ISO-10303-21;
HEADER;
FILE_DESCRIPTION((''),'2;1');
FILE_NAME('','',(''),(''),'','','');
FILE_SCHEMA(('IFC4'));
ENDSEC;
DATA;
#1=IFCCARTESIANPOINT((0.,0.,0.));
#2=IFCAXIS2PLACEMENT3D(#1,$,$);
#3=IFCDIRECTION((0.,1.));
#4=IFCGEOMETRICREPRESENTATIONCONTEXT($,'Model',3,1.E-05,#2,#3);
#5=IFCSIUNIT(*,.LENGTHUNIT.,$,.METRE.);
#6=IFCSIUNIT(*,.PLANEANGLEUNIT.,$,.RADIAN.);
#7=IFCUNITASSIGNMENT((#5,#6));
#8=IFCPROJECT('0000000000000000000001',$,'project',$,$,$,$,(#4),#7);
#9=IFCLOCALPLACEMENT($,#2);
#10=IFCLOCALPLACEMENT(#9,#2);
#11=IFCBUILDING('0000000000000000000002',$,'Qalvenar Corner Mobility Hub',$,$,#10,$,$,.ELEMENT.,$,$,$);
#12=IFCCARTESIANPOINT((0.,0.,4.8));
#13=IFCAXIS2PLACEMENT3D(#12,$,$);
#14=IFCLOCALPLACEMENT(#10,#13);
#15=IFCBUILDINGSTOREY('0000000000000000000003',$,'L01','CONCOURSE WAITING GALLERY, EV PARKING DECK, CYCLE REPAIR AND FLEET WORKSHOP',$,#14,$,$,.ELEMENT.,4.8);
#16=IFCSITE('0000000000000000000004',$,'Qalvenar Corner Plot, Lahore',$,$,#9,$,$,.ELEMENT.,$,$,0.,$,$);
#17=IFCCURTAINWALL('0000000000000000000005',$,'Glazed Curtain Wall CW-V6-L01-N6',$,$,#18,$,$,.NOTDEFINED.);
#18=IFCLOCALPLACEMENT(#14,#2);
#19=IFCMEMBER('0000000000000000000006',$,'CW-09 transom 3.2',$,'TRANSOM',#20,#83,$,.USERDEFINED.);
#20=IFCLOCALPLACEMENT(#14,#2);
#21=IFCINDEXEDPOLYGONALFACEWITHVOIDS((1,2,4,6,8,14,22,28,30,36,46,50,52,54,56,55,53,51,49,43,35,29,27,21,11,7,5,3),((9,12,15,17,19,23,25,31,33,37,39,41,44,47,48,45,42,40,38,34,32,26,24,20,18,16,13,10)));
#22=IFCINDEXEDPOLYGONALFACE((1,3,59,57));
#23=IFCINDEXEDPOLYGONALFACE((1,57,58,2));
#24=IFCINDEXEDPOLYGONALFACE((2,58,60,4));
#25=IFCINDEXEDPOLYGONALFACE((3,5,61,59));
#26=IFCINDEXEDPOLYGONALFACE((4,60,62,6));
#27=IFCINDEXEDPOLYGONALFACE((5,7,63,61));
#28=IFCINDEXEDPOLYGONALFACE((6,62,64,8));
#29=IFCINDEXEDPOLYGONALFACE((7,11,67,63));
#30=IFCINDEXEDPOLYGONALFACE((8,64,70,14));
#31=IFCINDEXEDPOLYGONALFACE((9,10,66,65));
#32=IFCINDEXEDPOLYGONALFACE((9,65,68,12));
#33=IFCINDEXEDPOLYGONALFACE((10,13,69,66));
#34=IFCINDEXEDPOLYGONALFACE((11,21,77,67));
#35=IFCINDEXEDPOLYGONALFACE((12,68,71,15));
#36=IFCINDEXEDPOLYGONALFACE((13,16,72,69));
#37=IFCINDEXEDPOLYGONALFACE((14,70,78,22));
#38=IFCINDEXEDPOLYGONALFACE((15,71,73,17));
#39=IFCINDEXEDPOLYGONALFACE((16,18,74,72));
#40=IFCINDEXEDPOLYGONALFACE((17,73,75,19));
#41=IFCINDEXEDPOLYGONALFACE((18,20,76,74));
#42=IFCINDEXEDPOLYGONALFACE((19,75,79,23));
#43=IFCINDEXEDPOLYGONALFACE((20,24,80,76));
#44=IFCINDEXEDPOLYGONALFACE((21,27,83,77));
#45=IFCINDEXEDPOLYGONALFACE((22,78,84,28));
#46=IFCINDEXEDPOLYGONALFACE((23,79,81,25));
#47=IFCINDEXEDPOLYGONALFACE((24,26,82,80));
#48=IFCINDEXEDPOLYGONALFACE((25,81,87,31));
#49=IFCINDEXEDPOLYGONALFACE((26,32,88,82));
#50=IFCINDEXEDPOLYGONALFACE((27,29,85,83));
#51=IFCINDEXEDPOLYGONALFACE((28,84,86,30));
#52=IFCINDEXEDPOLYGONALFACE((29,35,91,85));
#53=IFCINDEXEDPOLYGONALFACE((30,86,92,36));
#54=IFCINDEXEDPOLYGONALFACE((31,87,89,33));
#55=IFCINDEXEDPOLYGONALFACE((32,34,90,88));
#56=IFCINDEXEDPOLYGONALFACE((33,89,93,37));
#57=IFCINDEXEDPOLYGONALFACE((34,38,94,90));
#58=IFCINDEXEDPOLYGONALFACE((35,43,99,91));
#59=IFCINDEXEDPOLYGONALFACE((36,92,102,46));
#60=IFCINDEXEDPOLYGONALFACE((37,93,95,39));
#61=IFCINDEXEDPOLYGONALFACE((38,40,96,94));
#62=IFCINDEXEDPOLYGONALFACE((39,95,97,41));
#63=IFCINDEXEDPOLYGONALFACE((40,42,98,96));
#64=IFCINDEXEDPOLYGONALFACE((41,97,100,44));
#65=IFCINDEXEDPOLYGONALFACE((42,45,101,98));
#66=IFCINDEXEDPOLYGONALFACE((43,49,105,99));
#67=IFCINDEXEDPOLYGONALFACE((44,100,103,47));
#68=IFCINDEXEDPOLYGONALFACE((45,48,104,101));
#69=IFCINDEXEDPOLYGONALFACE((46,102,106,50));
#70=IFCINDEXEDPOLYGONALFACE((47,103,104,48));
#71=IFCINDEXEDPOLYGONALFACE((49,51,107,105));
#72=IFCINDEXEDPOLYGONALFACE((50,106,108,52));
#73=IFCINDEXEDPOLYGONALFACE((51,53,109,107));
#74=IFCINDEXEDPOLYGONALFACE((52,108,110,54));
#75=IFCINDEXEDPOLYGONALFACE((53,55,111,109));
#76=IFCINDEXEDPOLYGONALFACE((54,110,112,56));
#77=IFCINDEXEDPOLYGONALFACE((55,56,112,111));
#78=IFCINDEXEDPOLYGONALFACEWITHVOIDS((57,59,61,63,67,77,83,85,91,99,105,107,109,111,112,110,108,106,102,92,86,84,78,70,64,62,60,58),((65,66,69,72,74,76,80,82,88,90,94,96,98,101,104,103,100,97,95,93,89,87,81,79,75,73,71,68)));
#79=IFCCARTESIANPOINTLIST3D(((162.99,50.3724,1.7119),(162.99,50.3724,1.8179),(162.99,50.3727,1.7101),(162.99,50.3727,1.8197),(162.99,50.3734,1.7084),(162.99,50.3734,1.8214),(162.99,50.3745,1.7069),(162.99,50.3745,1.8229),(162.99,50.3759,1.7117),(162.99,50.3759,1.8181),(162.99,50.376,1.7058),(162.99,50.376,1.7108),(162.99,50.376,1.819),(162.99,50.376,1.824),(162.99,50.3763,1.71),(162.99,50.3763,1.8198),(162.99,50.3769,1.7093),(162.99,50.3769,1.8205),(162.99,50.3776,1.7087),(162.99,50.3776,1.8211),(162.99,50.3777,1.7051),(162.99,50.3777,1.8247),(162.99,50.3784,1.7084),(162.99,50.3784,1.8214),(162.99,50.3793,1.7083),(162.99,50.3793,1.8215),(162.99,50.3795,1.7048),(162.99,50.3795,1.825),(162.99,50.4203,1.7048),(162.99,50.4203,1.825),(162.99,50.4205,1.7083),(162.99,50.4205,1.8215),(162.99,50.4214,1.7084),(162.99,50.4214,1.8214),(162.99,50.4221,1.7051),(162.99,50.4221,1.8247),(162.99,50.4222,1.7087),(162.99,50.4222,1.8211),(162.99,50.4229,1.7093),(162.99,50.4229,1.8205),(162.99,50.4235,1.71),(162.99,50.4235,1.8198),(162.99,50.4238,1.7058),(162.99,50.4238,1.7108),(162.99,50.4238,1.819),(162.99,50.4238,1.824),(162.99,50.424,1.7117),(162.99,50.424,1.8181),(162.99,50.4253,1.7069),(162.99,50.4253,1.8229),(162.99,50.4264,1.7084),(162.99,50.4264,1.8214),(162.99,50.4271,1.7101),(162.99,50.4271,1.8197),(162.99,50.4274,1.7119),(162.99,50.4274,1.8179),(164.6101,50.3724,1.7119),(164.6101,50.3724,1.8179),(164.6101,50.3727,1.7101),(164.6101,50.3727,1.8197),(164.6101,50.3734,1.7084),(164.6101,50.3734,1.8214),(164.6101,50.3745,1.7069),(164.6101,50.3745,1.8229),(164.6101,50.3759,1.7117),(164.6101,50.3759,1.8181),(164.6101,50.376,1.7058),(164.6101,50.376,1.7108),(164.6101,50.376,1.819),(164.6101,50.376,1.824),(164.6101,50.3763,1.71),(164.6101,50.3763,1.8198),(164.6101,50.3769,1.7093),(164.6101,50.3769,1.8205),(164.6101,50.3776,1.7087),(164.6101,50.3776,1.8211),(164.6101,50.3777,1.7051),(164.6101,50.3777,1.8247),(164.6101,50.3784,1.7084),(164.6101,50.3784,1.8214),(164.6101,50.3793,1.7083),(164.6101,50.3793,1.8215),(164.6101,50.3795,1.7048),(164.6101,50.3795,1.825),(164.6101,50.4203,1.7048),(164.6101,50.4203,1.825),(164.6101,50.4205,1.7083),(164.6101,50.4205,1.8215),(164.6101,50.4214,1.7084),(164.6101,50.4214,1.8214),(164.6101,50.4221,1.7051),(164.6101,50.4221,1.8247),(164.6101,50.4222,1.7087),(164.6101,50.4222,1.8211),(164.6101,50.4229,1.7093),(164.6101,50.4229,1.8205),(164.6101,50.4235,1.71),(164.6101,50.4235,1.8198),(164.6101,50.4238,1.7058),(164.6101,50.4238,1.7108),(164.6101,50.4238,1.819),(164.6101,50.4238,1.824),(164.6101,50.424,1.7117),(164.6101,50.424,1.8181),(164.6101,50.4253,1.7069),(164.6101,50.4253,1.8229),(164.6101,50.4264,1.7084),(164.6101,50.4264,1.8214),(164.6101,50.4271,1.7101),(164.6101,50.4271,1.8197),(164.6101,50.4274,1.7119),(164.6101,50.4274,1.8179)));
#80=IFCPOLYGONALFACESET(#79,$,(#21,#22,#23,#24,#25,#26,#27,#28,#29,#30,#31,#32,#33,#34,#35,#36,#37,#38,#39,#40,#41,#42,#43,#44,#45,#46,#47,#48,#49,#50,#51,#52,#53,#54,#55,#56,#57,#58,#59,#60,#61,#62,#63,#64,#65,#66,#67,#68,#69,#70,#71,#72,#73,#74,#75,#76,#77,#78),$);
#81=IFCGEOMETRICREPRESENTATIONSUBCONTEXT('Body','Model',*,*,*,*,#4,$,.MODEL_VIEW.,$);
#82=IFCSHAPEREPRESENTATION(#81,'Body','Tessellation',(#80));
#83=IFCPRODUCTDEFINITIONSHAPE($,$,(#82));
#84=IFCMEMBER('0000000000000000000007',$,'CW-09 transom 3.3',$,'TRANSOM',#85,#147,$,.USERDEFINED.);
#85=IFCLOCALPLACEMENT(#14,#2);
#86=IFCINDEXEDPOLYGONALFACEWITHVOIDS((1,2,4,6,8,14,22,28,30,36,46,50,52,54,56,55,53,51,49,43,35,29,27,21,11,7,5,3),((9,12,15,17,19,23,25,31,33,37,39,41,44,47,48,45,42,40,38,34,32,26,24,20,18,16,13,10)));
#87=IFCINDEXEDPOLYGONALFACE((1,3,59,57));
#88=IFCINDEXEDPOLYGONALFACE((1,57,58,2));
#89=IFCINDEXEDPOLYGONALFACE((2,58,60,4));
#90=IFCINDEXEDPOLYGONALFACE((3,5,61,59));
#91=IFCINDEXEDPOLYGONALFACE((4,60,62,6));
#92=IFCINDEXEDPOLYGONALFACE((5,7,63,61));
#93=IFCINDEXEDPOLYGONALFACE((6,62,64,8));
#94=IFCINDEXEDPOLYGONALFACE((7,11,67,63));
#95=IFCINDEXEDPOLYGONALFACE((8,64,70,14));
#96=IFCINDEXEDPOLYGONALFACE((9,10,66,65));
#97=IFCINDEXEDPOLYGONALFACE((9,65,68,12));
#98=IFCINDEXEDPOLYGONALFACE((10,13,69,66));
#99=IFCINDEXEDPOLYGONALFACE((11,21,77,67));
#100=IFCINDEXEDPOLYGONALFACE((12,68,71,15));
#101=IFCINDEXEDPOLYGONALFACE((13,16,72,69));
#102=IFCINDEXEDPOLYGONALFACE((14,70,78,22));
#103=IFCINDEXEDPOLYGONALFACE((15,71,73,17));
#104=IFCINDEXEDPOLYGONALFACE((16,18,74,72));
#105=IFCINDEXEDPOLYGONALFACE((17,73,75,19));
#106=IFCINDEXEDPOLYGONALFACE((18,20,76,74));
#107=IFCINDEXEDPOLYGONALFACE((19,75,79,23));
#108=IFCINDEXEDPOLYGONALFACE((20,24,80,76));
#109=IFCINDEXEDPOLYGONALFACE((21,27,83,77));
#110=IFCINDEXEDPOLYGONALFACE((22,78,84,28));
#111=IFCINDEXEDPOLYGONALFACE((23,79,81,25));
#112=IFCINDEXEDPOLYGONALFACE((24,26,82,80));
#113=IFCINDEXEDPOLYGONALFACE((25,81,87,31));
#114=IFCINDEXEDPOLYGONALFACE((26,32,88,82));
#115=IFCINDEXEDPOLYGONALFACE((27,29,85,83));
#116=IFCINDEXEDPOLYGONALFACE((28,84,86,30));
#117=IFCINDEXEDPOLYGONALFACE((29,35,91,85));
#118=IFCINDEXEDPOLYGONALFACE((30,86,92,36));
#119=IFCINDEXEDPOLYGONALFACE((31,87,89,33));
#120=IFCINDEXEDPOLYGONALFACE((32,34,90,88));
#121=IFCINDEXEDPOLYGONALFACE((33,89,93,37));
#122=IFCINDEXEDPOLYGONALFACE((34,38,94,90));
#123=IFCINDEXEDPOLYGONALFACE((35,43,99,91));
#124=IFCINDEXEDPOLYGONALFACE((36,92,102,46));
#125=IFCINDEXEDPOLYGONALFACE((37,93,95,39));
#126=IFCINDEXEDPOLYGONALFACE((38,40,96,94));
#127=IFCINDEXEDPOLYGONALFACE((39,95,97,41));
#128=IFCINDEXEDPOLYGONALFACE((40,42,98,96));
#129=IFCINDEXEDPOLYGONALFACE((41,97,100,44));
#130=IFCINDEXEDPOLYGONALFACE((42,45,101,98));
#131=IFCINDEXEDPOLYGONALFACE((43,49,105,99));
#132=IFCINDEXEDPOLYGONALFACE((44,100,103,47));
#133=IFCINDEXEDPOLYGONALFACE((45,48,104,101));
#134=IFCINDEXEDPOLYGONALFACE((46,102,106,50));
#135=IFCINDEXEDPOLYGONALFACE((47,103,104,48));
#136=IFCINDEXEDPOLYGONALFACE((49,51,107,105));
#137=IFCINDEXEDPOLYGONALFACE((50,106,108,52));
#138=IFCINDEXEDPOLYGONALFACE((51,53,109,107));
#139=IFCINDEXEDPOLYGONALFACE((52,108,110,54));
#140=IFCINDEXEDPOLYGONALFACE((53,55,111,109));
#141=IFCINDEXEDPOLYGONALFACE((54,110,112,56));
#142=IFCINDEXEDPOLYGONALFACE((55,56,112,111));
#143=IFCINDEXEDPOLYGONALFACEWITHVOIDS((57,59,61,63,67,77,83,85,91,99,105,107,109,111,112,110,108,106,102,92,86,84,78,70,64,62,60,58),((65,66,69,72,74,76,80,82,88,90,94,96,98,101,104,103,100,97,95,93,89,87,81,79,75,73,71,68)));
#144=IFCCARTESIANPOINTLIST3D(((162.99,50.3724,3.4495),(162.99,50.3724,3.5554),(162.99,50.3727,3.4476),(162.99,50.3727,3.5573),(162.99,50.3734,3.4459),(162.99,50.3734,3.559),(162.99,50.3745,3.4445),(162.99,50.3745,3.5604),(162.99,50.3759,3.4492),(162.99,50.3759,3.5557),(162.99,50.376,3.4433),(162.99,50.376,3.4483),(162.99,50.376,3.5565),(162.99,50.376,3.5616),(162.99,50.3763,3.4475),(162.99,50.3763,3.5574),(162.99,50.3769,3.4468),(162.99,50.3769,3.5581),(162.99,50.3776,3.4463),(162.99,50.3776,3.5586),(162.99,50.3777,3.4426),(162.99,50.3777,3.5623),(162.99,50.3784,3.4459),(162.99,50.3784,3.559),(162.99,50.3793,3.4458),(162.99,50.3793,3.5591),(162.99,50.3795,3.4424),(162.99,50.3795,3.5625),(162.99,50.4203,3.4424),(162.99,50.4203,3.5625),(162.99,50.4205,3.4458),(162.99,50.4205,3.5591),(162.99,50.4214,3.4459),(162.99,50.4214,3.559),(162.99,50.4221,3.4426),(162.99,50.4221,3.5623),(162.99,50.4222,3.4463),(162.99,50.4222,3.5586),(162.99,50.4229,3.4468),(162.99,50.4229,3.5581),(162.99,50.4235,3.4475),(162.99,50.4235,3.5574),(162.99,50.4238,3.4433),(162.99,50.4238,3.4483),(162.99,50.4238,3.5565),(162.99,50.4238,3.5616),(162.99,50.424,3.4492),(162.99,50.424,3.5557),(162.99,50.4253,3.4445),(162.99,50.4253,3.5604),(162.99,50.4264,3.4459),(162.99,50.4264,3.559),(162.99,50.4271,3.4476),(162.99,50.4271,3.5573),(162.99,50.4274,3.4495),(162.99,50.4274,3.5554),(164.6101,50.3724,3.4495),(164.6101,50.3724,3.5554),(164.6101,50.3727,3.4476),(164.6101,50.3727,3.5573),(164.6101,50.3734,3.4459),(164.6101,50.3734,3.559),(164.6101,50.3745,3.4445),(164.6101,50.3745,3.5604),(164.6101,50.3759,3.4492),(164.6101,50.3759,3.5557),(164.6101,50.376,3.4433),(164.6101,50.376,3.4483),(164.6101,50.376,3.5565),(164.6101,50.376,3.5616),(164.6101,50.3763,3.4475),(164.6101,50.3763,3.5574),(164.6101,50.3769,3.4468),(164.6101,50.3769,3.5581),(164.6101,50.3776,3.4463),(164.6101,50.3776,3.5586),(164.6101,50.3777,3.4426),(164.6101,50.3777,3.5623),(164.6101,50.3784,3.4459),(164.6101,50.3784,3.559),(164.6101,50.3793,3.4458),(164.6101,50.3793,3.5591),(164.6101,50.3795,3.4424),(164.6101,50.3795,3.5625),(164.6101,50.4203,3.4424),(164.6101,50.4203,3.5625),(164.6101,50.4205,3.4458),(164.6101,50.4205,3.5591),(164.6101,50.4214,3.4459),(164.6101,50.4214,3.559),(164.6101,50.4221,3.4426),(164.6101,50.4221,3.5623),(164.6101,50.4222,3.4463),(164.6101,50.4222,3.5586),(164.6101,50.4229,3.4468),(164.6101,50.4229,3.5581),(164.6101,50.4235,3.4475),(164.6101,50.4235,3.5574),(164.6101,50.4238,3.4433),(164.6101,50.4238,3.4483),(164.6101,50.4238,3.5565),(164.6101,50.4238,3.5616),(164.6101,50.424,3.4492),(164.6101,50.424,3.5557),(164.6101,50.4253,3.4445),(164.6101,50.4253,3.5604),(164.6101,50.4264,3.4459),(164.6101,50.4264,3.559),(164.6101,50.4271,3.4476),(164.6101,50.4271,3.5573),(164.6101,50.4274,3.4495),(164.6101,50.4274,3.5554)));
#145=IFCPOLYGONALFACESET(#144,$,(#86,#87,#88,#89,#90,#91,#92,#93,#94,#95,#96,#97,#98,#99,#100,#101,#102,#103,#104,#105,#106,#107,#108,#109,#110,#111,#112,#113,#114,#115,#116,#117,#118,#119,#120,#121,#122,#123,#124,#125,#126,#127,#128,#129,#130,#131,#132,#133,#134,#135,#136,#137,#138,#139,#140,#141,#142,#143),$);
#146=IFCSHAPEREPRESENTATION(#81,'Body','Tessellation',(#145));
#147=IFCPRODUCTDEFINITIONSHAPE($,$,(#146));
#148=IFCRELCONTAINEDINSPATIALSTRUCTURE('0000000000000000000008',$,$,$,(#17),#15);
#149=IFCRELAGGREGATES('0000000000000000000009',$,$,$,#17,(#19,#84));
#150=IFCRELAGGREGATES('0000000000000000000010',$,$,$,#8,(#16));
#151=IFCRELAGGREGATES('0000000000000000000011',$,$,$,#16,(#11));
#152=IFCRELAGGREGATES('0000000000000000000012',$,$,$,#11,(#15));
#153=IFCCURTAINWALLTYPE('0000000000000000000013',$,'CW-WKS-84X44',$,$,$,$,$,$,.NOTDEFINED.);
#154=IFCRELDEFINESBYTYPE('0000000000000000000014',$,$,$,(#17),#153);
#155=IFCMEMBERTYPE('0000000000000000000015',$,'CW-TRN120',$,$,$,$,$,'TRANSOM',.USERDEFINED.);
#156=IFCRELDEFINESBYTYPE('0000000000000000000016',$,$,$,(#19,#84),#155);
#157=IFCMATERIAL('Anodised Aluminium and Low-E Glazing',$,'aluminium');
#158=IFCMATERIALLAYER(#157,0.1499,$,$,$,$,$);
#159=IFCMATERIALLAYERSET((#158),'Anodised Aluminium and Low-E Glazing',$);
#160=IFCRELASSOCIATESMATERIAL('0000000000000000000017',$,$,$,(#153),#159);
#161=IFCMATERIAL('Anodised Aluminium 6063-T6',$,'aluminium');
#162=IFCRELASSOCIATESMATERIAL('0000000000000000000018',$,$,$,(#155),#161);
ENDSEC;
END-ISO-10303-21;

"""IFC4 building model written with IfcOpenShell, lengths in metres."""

from ifc_helpers import new_model, si_unit, direction, frame, origin, origin_2d, place, context, subcontext, project, spatial, hollow_rectangle, extrude, material, layer, layer_set, material_profile, profile_set, type_object, element, aggregate, save


model = new_model("IFC4")

# Units and contexts
model_context = context("Model", 3, precision=1e-05, world=origin(), true_north=direction((0.0, 1.0)))
body_context = subcontext(model_context, "Body", "Model", "MODEL_VIEW")
ifc_project = project(units=[si_unit("LENGTHUNIT", "METRE"), si_unit("PLANEANGLEUNIT", "RADIAN")], contexts=[model_context])

# Site, building, storey
site_placement = place(None, origin())
site = spatial("IfcSite", under=ifc_project, at=site_placement, Name="Qalvenar Corner Plot, Lahore", CompositionType="ELEMENT", RefElevation=0.0)
building_placement = place(site_placement, origin())
building = spatial("IfcBuilding", under=site, at=building_placement, Name="Qalvenar Corner Mobility Hub", CompositionType="ELEMENT")
storey_placement = place(building_placement, frame((0.0, 0.0, 4.8)))
storey = spatial("IfcBuildingStorey", under=building, at=storey_placement, Name="L01", Description="CONCOURSE WAITING GALLERY, EV PARKING DECK, CYCLE REPAIR AND FLEET WORKSHOP", CompositionType="ELEMENT", Elevation=4.8)

# Curtain wall, members
ifc_material_1 = material(Name="Anodised Aluminium and Low-E Glazing", Category="aluminium")
ifc_layer_1 = layer(ifc_material_1, 0.1499)
ifc_layer_set_1 = layer_set([ifc_layer_1], Name="Anodised Aluminium and Low-E Glazing")
curtain_wall_type = type_object("IfcCurtainWallType", Name="CW-WKS-84X44", PredefinedType="NOTDEFINED", material=ifc_layer_set_1)
curtain_wall_placement = place(storey_placement, origin())
curtain_wall = element("IfcCurtainWall", 1, at=curtain_wall_placement, inside=storey, type_object=curtain_wall_type, Name="Glazed Curtain Wall CW-V6-L01-N6", PredefinedType="NOTDEFINED")
ifc_material_2 = material(Name="Anodised Aluminium 6063-T6", Category="aluminium")
ifc_material_profile_1 = material_profile(ifc_material_2, hollow_rectangle(XDim=0.0549, YDim=0.1201, WallThickness=0.0034, InnerFilletRadius=0.0034, OuterFilletRadius=0.0071, at=origin_2d()), Name="RHS120x55x3.5")
ifc_profile_set_1 = profile_set([ifc_material_profile_1], Name="Anodised Aluminium 6063-T6")
member_type_1 = type_object("IfcMemberType", Name="CW-TRN120", ElementType="TRANSOM", PredefinedType="USERDEFINED", material=ifc_profile_set_1)
member_1_placement = place(storey_placement, frame((164.6101, 50.3999, 1.7649), z_axis=(-1.0, 0.0, 0.0), x_axis=(0.0, -1.0, 0.0)))
member_1 = element("IfcMember", 2, at=member_1_placement, type_object=member_type_1, Name="CW-09 transom 3.2", ObjectType="TRANSOM", PredefinedType="USERDEFINED", context=body_context, shape_type="SweptSolid", body=[
    extrude(hollow_rectangle(XDim=0.0549, YDim=0.1201, WallThickness=0.0034, InnerFilletRadius=0.0034, OuterFilletRadius=0.0071, at=origin_2d()), origin(), (0.0, 0.0, 1.0), 1.6201),
])
member_2_placement = place(storey_placement, frame((164.6101, 50.3999, 3.5024), z_axis=(-1.0, 0.0, 0.0), x_axis=(0.0, -1.0, 0.0)))
member_2 = element("IfcMember", 3, at=member_2_placement, type_object=member_type_1, Name="CW-09 transom 3.3", ObjectType="TRANSOM", PredefinedType="USERDEFINED", context=body_context, shape_type="SweptSolid", body=[
    extrude(hollow_rectangle(XDim=0.0549, YDim=0.1201, WallThickness=0.0034, InnerFilletRadius=0.0034, OuterFilletRadius=0.0071, at=origin_2d()), origin(), (0.0, 0.0, 1.0), 1.6201),
])
aggregate(curtain_wall, [member_1, member_2])

save(model, "model.ifc")
